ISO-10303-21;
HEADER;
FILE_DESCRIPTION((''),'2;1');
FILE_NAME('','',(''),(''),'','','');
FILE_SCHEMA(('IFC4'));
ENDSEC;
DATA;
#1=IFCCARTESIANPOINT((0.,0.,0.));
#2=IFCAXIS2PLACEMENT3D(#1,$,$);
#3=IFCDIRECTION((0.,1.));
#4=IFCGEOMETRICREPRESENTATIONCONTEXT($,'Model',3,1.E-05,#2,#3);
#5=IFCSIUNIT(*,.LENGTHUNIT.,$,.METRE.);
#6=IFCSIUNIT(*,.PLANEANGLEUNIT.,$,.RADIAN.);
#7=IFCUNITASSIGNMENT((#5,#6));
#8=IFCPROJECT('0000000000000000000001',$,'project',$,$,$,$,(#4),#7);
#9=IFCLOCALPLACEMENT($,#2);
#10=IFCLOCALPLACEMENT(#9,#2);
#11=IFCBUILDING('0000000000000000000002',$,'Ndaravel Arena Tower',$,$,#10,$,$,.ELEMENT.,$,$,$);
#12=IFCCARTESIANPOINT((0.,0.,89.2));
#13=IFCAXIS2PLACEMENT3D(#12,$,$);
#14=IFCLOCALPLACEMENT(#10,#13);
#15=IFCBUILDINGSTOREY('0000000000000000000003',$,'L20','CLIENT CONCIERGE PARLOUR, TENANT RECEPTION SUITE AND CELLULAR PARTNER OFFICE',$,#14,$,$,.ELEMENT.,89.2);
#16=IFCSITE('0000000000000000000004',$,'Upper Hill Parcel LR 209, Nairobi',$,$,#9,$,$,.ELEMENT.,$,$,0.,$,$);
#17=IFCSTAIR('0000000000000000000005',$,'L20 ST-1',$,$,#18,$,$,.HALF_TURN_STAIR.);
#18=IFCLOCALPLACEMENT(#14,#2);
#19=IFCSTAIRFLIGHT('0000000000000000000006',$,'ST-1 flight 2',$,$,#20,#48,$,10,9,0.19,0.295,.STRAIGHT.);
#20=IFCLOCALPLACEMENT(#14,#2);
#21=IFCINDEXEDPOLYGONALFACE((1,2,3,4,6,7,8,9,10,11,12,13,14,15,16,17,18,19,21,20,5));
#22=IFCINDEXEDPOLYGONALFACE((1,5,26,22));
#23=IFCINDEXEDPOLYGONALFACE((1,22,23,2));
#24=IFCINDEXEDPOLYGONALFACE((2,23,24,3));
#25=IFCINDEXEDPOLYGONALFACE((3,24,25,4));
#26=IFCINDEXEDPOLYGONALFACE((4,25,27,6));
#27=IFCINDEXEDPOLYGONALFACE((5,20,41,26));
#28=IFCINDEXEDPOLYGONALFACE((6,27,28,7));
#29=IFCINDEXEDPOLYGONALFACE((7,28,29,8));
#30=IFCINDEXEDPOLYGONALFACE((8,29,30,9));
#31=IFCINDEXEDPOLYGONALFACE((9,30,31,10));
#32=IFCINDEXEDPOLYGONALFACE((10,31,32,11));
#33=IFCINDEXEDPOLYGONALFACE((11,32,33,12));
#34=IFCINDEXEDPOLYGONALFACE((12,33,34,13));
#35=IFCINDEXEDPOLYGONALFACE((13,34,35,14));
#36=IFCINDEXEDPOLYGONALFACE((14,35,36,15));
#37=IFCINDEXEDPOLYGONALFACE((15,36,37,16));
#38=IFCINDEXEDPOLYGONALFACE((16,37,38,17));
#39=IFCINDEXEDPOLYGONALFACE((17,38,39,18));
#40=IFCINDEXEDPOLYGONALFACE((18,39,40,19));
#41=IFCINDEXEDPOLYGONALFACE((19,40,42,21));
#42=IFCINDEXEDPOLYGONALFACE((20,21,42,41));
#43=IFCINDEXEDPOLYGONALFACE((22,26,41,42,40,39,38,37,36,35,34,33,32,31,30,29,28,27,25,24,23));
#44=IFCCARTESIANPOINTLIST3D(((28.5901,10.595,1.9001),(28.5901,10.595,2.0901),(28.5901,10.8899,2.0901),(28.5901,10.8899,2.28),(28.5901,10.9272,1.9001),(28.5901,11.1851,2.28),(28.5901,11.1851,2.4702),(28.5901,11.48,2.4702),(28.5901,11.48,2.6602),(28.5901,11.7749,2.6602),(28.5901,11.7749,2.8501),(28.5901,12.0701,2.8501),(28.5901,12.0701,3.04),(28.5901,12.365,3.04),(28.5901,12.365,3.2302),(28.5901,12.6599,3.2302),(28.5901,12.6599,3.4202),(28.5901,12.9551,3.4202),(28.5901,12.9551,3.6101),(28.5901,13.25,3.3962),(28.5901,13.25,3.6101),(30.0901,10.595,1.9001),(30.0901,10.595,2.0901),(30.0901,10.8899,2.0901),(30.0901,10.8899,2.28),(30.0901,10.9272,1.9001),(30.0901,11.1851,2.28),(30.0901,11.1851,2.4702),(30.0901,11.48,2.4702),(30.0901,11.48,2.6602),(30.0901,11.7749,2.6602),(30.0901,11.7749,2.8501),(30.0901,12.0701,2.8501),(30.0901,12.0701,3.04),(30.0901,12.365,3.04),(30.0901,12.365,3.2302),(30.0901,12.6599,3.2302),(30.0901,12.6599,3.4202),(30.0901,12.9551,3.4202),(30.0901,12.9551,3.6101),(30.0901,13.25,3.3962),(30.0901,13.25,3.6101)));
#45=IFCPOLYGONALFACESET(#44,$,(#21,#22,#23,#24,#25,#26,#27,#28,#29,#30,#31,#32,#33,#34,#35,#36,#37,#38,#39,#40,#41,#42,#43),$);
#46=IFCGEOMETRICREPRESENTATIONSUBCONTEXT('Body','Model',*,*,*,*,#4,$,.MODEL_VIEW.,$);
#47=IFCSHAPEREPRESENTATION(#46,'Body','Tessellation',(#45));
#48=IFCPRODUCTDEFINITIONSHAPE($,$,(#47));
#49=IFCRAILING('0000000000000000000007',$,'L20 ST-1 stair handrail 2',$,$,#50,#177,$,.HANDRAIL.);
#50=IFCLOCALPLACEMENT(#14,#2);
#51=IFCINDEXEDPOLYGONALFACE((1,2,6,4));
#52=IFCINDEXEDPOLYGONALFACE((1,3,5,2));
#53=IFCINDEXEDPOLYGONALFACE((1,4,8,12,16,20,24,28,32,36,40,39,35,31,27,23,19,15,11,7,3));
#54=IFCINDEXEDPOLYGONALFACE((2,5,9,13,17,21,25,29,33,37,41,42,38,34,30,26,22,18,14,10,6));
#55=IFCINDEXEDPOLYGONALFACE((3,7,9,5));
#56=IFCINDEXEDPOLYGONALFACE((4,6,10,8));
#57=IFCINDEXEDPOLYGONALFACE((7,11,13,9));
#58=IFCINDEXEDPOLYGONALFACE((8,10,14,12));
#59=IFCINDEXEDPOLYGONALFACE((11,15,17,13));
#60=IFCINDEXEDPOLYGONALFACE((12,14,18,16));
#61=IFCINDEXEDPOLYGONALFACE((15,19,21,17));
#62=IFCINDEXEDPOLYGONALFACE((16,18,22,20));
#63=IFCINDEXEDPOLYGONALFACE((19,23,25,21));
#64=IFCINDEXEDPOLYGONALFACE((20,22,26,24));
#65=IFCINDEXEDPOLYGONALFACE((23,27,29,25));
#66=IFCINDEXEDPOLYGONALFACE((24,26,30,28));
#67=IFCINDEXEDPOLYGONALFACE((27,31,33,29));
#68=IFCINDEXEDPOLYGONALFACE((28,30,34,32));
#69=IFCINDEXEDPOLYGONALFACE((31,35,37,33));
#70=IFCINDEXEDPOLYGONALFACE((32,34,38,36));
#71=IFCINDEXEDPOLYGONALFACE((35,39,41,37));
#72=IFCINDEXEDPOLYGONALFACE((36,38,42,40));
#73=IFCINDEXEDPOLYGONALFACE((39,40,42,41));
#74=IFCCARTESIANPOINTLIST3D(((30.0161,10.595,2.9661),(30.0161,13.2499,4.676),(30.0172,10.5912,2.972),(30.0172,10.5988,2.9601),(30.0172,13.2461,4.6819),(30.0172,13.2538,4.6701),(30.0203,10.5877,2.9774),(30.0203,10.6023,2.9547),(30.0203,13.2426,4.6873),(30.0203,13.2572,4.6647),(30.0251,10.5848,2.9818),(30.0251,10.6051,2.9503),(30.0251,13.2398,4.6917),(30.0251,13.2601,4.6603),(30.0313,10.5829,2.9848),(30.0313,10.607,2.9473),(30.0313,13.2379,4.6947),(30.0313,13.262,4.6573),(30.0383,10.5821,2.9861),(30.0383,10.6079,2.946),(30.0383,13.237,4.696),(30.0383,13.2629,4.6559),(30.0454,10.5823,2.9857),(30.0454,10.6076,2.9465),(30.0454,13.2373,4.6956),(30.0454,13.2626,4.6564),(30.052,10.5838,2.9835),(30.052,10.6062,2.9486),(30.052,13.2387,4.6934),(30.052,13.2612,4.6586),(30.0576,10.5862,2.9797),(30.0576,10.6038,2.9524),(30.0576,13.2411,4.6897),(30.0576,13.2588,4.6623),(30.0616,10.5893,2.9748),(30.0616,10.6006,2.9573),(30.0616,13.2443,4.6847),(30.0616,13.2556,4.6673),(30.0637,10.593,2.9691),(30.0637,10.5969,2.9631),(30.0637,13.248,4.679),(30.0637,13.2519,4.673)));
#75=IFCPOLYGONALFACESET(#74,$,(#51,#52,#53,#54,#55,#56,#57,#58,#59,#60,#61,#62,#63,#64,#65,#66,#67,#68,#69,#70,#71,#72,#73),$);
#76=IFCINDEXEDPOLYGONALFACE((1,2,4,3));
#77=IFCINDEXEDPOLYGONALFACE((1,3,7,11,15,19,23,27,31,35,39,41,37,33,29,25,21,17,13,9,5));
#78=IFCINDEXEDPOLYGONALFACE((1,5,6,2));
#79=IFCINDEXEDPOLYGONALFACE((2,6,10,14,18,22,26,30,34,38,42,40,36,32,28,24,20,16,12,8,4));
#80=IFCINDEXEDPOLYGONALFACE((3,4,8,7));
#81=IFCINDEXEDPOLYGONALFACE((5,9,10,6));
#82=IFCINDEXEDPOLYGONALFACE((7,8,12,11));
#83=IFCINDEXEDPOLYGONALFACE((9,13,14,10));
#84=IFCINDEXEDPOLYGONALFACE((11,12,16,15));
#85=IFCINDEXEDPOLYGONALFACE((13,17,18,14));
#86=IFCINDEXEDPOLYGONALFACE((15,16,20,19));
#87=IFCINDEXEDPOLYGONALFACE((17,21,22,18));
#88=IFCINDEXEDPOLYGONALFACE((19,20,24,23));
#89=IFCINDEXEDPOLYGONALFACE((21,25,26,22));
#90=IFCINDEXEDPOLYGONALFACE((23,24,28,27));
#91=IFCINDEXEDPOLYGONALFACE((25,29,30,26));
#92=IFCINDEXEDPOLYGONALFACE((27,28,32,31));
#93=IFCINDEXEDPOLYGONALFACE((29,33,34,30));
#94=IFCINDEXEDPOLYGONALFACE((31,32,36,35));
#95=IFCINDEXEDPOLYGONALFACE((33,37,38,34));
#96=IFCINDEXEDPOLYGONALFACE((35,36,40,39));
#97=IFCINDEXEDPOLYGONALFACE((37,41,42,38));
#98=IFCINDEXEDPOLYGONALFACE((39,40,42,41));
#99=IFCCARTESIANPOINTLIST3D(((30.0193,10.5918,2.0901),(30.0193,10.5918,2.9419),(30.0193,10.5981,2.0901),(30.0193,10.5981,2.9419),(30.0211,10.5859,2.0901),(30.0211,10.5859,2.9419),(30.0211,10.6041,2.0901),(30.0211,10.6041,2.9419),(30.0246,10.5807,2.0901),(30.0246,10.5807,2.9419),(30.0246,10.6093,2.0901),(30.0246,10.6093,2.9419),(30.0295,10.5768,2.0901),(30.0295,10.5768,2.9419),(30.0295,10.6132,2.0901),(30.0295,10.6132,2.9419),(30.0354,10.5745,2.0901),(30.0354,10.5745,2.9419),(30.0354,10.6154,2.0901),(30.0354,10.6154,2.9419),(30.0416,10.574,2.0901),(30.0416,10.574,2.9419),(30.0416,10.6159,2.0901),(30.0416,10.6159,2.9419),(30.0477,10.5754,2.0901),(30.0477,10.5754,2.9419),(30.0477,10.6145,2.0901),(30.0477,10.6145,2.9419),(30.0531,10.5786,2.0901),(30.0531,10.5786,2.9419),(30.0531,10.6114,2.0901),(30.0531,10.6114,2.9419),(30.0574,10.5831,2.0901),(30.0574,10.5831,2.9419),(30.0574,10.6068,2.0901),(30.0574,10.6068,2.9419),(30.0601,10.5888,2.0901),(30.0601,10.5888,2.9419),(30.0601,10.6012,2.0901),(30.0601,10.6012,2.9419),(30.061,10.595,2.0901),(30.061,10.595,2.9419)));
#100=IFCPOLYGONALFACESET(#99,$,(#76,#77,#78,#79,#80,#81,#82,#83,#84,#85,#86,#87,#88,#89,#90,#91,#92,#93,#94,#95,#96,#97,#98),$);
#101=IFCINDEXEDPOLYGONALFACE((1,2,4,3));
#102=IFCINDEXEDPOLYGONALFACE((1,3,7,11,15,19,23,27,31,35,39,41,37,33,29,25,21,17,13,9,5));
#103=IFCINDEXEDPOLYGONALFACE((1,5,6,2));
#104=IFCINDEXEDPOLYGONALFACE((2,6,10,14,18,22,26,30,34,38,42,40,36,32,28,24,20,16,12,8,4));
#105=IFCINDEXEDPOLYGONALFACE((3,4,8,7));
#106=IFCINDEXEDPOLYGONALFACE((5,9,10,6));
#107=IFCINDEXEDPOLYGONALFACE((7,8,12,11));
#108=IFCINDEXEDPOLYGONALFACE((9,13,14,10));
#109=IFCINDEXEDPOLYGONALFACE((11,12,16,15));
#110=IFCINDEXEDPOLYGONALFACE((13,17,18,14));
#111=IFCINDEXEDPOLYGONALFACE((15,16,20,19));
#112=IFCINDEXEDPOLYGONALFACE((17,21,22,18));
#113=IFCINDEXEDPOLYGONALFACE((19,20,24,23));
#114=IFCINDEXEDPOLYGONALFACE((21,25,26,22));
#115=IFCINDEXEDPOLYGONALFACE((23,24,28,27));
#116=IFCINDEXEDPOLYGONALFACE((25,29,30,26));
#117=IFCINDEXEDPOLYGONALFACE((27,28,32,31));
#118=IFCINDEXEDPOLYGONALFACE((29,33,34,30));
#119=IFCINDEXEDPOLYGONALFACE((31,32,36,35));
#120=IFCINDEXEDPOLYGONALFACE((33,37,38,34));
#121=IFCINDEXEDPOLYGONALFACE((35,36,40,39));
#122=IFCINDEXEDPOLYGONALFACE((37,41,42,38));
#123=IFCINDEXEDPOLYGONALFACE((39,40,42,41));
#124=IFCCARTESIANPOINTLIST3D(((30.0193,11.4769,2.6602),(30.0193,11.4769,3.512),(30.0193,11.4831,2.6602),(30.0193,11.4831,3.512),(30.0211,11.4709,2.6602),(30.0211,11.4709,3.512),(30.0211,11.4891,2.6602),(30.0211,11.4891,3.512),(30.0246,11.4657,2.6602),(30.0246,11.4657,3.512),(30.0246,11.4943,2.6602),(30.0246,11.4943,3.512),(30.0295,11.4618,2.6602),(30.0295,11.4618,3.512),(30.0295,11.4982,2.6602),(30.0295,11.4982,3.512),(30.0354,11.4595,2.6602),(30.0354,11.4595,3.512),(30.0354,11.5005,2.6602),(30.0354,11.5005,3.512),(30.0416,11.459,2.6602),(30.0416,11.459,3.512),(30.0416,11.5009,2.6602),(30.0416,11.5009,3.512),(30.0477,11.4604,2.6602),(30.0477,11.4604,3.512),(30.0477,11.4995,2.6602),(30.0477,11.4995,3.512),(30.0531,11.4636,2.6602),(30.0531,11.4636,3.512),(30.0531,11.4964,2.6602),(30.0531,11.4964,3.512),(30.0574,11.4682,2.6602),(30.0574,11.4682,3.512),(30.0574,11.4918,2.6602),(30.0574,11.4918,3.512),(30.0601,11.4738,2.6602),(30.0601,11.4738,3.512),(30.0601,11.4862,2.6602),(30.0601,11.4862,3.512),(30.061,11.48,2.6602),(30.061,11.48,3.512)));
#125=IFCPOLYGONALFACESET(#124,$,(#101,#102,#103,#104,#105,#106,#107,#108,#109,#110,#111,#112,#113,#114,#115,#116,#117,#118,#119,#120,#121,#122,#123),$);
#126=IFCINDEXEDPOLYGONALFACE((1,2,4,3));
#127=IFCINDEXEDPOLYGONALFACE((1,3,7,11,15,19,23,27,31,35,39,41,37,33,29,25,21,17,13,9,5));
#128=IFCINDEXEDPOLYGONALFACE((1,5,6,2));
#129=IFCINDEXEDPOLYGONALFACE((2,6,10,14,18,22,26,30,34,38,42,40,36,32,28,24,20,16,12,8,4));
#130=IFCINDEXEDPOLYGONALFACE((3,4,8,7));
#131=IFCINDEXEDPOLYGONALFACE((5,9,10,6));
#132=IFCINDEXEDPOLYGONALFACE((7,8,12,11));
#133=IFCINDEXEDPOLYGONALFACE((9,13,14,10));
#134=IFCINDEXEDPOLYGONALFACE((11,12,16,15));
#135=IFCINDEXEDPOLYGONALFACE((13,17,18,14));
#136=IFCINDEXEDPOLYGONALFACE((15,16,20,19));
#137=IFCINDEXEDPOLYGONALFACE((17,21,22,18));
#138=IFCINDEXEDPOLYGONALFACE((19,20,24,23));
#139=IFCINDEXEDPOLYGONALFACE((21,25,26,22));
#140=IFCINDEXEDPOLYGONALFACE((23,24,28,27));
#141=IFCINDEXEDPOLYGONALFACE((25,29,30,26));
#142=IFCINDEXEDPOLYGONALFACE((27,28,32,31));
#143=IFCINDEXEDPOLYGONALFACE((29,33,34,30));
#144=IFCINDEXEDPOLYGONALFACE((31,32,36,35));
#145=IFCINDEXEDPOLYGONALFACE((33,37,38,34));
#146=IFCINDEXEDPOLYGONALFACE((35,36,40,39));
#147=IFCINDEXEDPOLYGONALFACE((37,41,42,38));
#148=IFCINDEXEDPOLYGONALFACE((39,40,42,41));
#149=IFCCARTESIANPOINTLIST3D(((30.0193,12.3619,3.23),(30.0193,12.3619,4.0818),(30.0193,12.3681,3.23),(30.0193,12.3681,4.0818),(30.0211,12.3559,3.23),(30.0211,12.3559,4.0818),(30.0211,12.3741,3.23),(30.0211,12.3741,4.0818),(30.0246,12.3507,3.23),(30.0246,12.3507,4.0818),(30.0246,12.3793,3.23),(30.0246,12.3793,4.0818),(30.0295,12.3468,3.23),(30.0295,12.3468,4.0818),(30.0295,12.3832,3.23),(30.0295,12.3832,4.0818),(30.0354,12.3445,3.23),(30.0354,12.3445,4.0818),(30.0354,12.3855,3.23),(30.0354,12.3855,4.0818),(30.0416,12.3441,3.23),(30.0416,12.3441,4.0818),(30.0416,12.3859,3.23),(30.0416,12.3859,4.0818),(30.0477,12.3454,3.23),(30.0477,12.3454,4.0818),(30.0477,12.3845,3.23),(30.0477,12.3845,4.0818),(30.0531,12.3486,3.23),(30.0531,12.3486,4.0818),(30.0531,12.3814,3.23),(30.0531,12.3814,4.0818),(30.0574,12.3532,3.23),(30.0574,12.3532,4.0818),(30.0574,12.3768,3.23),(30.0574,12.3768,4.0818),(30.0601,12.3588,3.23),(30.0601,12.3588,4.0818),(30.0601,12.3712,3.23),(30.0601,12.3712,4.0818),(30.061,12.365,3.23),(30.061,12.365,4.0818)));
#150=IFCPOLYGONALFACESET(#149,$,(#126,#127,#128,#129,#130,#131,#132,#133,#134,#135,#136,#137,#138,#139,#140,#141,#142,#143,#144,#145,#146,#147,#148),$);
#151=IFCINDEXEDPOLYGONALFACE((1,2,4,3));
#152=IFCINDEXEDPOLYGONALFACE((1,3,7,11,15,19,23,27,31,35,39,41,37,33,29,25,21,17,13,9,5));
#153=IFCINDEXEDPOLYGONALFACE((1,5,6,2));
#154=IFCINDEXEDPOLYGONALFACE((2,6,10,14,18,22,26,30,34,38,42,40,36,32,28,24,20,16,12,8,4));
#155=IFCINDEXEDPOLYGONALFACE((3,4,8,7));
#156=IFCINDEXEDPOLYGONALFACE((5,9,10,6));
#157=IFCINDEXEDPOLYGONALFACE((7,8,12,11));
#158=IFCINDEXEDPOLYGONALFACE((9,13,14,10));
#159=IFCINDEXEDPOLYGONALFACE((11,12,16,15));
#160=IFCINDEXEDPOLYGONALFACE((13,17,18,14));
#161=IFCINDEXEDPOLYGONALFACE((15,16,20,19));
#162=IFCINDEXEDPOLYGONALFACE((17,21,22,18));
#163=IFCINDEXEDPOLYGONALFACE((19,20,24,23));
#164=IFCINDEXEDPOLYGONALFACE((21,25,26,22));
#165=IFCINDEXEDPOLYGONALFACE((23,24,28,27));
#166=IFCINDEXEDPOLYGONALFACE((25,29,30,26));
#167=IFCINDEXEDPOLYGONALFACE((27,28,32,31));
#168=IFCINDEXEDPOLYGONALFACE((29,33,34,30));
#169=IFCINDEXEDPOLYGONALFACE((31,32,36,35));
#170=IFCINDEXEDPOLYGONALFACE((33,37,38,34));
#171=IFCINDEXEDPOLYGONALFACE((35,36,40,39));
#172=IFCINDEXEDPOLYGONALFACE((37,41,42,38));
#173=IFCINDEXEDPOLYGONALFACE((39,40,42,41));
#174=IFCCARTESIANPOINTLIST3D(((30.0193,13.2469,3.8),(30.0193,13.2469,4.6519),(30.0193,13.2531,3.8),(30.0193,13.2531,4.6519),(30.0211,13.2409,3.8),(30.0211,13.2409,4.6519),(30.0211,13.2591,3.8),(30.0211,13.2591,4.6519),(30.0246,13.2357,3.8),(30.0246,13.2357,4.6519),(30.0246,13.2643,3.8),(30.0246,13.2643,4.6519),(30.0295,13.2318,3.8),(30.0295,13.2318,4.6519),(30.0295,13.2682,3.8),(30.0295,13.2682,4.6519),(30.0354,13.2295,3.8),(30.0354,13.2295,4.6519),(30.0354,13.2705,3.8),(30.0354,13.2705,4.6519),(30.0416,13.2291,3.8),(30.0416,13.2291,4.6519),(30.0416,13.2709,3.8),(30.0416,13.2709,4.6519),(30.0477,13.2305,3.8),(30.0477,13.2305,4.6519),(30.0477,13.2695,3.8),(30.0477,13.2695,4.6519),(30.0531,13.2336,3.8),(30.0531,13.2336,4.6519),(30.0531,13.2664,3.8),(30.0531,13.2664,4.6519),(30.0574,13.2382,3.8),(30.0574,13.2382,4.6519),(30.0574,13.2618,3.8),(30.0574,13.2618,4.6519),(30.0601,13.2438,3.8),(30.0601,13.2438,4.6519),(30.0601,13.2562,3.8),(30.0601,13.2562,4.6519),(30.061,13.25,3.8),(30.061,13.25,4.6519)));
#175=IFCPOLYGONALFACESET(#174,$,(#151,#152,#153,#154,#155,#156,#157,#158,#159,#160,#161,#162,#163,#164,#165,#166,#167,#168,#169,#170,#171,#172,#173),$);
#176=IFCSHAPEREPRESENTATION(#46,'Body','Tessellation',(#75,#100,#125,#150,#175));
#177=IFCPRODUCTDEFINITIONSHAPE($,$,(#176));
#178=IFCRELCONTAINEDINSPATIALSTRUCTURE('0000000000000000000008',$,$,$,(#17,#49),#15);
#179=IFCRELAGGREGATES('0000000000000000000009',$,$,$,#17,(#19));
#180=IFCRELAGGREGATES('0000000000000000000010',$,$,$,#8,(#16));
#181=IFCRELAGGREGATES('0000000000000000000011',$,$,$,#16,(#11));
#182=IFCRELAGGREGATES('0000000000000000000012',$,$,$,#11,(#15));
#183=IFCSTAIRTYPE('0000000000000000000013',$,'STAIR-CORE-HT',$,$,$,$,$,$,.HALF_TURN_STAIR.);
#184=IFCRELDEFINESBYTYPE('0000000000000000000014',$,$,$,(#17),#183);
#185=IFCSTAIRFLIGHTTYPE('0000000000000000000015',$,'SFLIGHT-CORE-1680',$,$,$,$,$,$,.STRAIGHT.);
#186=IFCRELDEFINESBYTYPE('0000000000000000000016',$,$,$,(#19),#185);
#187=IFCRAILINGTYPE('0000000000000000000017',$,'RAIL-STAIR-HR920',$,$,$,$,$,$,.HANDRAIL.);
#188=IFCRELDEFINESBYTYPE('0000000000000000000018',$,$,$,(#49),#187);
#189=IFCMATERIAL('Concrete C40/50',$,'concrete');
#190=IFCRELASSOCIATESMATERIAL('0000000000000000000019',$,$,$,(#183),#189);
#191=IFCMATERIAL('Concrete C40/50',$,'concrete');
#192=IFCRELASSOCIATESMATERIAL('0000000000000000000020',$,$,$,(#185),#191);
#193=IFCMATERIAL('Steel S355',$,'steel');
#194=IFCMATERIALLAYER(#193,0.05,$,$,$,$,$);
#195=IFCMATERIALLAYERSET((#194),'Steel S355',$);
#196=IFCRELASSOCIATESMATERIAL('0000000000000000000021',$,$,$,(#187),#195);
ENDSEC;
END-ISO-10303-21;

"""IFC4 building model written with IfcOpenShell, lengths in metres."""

from ifc_helpers import new_model, si_unit, direction, frame, origin, origin_2d, place, context, subcontext, project, spatial, polyline, circle, outline, extrude, material, layer, layer_set, type_object, element, aggregate, save


model = new_model("IFC4")

# Units and contexts
model_context = context("Model", 3, precision=1e-05, world=origin(), true_north=direction((0.0, 1.0)))
body_context = subcontext(model_context, "Body", "Model", "MODEL_VIEW")
ifc_project = project(units=[si_unit("LENGTHUNIT", "METRE"), si_unit("PLANEANGLEUNIT", "RADIAN")], contexts=[model_context])

# Site, building, storey
site_placement = place(None, origin())
site = spatial("IfcSite", under=ifc_project, at=site_placement, Name="Upper Hill Parcel LR 209, Nairobi", CompositionType="ELEMENT", RefElevation=0.0)
building_placement = place(site_placement, origin())
building = spatial("IfcBuilding", under=site, at=building_placement, Name="Ndaravel Arena Tower", CompositionType="ELEMENT")
storey_placement = place(building_placement, frame((0.0, 0.0, 89.2)))
storey = spatial("IfcBuildingStorey", under=building, at=storey_placement, Name="L20", Description="CLIENT CONCIERGE PARLOUR, TENANT RECEPTION SUITE AND CELLULAR PARTNER OFFICE", CompositionType="ELEMENT", Elevation=89.2)

# Stair, stair flight
ifc_material_1 = material(Name="Concrete C40/50", Category="concrete")
stair_type = type_object("IfcStairType", Name="STAIR-CORE-HT", PredefinedType="HALF_TURN_STAIR", material=ifc_material_1)
stair_placement = place(storey_placement, origin())
stair = element("IfcStair", 1, at=stair_placement, inside=storey, type_object=stair_type, Name="L20 ST-1", PredefinedType="HALF_TURN_STAIR")
ifc_material_2 = material(Name="Concrete C40/50", Category="concrete")
stair_flight_type = type_object("IfcStairFlightType", Name="SFLIGHT-CORE-1680", PredefinedType="STRAIGHT", material=ifc_material_2)
stair_flight_placement = place(storey_placement, frame((29.3401, 10.595, 1.9001), z_axis=(0.0, 0.0, 1.0), x_axis=(0.0, 1.0, 0.0)))
stair_flight = element("IfcStairFlight", 2, at=stair_flight_placement, type_object=stair_flight_type, Name="ST-1 flight 2", NumberOfRisers=10, NumberOfTreads=9, PredefinedType="STRAIGHT", RiserHeight=0.19, TreadLength=0.295, context=body_context, shape_type="SweptSolid", body=[
    extrude(outline(polyline([(0.0, 0.0), (0.0, 0.1899), (0.2949, 0.1899), (0.2949, 0.3799), (0.5901, 0.3799), (0.5901, 0.5701), (0.885, 0.5701), (0.885, 0.76), (1.1799, 0.76), (1.1799, 0.95), (1.4751, 0.95), (1.4751, 1.1399), (1.77, 1.1399), (1.77, 1.3301), (2.0649, 1.3301), (2.0649, 1.52), (2.3601, 1.52), (2.3601, 1.71), (2.655, 1.71), (2.655, 1.8999), (2.655, 1.4961), (0.3323, 0.0), (0.0, 0.0)])), frame((0.0, 0.75, 0.0), z_axis=(0.0, -1.0, 0.0), x_axis=(1.0, 0.0, 0.0)), (0.0, 0.0, 1.0), 1.5),
])
aggregate(stair, [stair_flight])

# Railing
ifc_material_3 = material(Name="Steel S355", Category="steel")
ifc_layer_1 = layer(ifc_material_3, 0.05)
ifc_layer_set_1 = layer_set([ifc_layer_1], Name="Steel S355")
railing_type_1 = type_object("IfcRailingType", Name="RAIL-STAIR-HR920", PredefinedType="HANDRAIL", material=ifc_layer_set_1)
railing_1_placement = place(storey_placement, frame((30.04, 10.595, 2.0901)))
element("IfcRailing", 3, at=railing_1_placement, inside=storey, type_object=railing_type_1, Name="L20 ST-1 stair handrail 2", PredefinedType="HANDRAIL", context=body_context, shape_type="SweptSolid", body=[
    extrude(circle(Radius=0.0239, at=origin_2d()), frame((0.0, 0.0, 0.876), z_axis=(0.0, 0.840724, 0.541465), x_axis=(-1.0, 0.0, 0.0)), (0.0, 0.0, 1.0), 3.158),
    extrude(circle(Radius=0.021, at=origin_2d()), origin(), (0.0, 0.0, 1.0), 0.8518),
    extrude(circle(Radius=0.021, at=origin_2d()), frame((0.0, 0.885, 0.5701)), (0.0, 0.0, 1.0), 0.8518),
    extrude(circle(Radius=0.021, at=origin_2d()), frame((0.0, 1.77, 1.1399)), (0.0, 0.0, 1.0), 0.8518),
    extrude(circle(Radius=0.021, at=origin_2d()), frame((0.0, 2.655, 1.71)), (0.0, 0.0, 1.0), 0.8518),
])

save(model, "model.ifc")
